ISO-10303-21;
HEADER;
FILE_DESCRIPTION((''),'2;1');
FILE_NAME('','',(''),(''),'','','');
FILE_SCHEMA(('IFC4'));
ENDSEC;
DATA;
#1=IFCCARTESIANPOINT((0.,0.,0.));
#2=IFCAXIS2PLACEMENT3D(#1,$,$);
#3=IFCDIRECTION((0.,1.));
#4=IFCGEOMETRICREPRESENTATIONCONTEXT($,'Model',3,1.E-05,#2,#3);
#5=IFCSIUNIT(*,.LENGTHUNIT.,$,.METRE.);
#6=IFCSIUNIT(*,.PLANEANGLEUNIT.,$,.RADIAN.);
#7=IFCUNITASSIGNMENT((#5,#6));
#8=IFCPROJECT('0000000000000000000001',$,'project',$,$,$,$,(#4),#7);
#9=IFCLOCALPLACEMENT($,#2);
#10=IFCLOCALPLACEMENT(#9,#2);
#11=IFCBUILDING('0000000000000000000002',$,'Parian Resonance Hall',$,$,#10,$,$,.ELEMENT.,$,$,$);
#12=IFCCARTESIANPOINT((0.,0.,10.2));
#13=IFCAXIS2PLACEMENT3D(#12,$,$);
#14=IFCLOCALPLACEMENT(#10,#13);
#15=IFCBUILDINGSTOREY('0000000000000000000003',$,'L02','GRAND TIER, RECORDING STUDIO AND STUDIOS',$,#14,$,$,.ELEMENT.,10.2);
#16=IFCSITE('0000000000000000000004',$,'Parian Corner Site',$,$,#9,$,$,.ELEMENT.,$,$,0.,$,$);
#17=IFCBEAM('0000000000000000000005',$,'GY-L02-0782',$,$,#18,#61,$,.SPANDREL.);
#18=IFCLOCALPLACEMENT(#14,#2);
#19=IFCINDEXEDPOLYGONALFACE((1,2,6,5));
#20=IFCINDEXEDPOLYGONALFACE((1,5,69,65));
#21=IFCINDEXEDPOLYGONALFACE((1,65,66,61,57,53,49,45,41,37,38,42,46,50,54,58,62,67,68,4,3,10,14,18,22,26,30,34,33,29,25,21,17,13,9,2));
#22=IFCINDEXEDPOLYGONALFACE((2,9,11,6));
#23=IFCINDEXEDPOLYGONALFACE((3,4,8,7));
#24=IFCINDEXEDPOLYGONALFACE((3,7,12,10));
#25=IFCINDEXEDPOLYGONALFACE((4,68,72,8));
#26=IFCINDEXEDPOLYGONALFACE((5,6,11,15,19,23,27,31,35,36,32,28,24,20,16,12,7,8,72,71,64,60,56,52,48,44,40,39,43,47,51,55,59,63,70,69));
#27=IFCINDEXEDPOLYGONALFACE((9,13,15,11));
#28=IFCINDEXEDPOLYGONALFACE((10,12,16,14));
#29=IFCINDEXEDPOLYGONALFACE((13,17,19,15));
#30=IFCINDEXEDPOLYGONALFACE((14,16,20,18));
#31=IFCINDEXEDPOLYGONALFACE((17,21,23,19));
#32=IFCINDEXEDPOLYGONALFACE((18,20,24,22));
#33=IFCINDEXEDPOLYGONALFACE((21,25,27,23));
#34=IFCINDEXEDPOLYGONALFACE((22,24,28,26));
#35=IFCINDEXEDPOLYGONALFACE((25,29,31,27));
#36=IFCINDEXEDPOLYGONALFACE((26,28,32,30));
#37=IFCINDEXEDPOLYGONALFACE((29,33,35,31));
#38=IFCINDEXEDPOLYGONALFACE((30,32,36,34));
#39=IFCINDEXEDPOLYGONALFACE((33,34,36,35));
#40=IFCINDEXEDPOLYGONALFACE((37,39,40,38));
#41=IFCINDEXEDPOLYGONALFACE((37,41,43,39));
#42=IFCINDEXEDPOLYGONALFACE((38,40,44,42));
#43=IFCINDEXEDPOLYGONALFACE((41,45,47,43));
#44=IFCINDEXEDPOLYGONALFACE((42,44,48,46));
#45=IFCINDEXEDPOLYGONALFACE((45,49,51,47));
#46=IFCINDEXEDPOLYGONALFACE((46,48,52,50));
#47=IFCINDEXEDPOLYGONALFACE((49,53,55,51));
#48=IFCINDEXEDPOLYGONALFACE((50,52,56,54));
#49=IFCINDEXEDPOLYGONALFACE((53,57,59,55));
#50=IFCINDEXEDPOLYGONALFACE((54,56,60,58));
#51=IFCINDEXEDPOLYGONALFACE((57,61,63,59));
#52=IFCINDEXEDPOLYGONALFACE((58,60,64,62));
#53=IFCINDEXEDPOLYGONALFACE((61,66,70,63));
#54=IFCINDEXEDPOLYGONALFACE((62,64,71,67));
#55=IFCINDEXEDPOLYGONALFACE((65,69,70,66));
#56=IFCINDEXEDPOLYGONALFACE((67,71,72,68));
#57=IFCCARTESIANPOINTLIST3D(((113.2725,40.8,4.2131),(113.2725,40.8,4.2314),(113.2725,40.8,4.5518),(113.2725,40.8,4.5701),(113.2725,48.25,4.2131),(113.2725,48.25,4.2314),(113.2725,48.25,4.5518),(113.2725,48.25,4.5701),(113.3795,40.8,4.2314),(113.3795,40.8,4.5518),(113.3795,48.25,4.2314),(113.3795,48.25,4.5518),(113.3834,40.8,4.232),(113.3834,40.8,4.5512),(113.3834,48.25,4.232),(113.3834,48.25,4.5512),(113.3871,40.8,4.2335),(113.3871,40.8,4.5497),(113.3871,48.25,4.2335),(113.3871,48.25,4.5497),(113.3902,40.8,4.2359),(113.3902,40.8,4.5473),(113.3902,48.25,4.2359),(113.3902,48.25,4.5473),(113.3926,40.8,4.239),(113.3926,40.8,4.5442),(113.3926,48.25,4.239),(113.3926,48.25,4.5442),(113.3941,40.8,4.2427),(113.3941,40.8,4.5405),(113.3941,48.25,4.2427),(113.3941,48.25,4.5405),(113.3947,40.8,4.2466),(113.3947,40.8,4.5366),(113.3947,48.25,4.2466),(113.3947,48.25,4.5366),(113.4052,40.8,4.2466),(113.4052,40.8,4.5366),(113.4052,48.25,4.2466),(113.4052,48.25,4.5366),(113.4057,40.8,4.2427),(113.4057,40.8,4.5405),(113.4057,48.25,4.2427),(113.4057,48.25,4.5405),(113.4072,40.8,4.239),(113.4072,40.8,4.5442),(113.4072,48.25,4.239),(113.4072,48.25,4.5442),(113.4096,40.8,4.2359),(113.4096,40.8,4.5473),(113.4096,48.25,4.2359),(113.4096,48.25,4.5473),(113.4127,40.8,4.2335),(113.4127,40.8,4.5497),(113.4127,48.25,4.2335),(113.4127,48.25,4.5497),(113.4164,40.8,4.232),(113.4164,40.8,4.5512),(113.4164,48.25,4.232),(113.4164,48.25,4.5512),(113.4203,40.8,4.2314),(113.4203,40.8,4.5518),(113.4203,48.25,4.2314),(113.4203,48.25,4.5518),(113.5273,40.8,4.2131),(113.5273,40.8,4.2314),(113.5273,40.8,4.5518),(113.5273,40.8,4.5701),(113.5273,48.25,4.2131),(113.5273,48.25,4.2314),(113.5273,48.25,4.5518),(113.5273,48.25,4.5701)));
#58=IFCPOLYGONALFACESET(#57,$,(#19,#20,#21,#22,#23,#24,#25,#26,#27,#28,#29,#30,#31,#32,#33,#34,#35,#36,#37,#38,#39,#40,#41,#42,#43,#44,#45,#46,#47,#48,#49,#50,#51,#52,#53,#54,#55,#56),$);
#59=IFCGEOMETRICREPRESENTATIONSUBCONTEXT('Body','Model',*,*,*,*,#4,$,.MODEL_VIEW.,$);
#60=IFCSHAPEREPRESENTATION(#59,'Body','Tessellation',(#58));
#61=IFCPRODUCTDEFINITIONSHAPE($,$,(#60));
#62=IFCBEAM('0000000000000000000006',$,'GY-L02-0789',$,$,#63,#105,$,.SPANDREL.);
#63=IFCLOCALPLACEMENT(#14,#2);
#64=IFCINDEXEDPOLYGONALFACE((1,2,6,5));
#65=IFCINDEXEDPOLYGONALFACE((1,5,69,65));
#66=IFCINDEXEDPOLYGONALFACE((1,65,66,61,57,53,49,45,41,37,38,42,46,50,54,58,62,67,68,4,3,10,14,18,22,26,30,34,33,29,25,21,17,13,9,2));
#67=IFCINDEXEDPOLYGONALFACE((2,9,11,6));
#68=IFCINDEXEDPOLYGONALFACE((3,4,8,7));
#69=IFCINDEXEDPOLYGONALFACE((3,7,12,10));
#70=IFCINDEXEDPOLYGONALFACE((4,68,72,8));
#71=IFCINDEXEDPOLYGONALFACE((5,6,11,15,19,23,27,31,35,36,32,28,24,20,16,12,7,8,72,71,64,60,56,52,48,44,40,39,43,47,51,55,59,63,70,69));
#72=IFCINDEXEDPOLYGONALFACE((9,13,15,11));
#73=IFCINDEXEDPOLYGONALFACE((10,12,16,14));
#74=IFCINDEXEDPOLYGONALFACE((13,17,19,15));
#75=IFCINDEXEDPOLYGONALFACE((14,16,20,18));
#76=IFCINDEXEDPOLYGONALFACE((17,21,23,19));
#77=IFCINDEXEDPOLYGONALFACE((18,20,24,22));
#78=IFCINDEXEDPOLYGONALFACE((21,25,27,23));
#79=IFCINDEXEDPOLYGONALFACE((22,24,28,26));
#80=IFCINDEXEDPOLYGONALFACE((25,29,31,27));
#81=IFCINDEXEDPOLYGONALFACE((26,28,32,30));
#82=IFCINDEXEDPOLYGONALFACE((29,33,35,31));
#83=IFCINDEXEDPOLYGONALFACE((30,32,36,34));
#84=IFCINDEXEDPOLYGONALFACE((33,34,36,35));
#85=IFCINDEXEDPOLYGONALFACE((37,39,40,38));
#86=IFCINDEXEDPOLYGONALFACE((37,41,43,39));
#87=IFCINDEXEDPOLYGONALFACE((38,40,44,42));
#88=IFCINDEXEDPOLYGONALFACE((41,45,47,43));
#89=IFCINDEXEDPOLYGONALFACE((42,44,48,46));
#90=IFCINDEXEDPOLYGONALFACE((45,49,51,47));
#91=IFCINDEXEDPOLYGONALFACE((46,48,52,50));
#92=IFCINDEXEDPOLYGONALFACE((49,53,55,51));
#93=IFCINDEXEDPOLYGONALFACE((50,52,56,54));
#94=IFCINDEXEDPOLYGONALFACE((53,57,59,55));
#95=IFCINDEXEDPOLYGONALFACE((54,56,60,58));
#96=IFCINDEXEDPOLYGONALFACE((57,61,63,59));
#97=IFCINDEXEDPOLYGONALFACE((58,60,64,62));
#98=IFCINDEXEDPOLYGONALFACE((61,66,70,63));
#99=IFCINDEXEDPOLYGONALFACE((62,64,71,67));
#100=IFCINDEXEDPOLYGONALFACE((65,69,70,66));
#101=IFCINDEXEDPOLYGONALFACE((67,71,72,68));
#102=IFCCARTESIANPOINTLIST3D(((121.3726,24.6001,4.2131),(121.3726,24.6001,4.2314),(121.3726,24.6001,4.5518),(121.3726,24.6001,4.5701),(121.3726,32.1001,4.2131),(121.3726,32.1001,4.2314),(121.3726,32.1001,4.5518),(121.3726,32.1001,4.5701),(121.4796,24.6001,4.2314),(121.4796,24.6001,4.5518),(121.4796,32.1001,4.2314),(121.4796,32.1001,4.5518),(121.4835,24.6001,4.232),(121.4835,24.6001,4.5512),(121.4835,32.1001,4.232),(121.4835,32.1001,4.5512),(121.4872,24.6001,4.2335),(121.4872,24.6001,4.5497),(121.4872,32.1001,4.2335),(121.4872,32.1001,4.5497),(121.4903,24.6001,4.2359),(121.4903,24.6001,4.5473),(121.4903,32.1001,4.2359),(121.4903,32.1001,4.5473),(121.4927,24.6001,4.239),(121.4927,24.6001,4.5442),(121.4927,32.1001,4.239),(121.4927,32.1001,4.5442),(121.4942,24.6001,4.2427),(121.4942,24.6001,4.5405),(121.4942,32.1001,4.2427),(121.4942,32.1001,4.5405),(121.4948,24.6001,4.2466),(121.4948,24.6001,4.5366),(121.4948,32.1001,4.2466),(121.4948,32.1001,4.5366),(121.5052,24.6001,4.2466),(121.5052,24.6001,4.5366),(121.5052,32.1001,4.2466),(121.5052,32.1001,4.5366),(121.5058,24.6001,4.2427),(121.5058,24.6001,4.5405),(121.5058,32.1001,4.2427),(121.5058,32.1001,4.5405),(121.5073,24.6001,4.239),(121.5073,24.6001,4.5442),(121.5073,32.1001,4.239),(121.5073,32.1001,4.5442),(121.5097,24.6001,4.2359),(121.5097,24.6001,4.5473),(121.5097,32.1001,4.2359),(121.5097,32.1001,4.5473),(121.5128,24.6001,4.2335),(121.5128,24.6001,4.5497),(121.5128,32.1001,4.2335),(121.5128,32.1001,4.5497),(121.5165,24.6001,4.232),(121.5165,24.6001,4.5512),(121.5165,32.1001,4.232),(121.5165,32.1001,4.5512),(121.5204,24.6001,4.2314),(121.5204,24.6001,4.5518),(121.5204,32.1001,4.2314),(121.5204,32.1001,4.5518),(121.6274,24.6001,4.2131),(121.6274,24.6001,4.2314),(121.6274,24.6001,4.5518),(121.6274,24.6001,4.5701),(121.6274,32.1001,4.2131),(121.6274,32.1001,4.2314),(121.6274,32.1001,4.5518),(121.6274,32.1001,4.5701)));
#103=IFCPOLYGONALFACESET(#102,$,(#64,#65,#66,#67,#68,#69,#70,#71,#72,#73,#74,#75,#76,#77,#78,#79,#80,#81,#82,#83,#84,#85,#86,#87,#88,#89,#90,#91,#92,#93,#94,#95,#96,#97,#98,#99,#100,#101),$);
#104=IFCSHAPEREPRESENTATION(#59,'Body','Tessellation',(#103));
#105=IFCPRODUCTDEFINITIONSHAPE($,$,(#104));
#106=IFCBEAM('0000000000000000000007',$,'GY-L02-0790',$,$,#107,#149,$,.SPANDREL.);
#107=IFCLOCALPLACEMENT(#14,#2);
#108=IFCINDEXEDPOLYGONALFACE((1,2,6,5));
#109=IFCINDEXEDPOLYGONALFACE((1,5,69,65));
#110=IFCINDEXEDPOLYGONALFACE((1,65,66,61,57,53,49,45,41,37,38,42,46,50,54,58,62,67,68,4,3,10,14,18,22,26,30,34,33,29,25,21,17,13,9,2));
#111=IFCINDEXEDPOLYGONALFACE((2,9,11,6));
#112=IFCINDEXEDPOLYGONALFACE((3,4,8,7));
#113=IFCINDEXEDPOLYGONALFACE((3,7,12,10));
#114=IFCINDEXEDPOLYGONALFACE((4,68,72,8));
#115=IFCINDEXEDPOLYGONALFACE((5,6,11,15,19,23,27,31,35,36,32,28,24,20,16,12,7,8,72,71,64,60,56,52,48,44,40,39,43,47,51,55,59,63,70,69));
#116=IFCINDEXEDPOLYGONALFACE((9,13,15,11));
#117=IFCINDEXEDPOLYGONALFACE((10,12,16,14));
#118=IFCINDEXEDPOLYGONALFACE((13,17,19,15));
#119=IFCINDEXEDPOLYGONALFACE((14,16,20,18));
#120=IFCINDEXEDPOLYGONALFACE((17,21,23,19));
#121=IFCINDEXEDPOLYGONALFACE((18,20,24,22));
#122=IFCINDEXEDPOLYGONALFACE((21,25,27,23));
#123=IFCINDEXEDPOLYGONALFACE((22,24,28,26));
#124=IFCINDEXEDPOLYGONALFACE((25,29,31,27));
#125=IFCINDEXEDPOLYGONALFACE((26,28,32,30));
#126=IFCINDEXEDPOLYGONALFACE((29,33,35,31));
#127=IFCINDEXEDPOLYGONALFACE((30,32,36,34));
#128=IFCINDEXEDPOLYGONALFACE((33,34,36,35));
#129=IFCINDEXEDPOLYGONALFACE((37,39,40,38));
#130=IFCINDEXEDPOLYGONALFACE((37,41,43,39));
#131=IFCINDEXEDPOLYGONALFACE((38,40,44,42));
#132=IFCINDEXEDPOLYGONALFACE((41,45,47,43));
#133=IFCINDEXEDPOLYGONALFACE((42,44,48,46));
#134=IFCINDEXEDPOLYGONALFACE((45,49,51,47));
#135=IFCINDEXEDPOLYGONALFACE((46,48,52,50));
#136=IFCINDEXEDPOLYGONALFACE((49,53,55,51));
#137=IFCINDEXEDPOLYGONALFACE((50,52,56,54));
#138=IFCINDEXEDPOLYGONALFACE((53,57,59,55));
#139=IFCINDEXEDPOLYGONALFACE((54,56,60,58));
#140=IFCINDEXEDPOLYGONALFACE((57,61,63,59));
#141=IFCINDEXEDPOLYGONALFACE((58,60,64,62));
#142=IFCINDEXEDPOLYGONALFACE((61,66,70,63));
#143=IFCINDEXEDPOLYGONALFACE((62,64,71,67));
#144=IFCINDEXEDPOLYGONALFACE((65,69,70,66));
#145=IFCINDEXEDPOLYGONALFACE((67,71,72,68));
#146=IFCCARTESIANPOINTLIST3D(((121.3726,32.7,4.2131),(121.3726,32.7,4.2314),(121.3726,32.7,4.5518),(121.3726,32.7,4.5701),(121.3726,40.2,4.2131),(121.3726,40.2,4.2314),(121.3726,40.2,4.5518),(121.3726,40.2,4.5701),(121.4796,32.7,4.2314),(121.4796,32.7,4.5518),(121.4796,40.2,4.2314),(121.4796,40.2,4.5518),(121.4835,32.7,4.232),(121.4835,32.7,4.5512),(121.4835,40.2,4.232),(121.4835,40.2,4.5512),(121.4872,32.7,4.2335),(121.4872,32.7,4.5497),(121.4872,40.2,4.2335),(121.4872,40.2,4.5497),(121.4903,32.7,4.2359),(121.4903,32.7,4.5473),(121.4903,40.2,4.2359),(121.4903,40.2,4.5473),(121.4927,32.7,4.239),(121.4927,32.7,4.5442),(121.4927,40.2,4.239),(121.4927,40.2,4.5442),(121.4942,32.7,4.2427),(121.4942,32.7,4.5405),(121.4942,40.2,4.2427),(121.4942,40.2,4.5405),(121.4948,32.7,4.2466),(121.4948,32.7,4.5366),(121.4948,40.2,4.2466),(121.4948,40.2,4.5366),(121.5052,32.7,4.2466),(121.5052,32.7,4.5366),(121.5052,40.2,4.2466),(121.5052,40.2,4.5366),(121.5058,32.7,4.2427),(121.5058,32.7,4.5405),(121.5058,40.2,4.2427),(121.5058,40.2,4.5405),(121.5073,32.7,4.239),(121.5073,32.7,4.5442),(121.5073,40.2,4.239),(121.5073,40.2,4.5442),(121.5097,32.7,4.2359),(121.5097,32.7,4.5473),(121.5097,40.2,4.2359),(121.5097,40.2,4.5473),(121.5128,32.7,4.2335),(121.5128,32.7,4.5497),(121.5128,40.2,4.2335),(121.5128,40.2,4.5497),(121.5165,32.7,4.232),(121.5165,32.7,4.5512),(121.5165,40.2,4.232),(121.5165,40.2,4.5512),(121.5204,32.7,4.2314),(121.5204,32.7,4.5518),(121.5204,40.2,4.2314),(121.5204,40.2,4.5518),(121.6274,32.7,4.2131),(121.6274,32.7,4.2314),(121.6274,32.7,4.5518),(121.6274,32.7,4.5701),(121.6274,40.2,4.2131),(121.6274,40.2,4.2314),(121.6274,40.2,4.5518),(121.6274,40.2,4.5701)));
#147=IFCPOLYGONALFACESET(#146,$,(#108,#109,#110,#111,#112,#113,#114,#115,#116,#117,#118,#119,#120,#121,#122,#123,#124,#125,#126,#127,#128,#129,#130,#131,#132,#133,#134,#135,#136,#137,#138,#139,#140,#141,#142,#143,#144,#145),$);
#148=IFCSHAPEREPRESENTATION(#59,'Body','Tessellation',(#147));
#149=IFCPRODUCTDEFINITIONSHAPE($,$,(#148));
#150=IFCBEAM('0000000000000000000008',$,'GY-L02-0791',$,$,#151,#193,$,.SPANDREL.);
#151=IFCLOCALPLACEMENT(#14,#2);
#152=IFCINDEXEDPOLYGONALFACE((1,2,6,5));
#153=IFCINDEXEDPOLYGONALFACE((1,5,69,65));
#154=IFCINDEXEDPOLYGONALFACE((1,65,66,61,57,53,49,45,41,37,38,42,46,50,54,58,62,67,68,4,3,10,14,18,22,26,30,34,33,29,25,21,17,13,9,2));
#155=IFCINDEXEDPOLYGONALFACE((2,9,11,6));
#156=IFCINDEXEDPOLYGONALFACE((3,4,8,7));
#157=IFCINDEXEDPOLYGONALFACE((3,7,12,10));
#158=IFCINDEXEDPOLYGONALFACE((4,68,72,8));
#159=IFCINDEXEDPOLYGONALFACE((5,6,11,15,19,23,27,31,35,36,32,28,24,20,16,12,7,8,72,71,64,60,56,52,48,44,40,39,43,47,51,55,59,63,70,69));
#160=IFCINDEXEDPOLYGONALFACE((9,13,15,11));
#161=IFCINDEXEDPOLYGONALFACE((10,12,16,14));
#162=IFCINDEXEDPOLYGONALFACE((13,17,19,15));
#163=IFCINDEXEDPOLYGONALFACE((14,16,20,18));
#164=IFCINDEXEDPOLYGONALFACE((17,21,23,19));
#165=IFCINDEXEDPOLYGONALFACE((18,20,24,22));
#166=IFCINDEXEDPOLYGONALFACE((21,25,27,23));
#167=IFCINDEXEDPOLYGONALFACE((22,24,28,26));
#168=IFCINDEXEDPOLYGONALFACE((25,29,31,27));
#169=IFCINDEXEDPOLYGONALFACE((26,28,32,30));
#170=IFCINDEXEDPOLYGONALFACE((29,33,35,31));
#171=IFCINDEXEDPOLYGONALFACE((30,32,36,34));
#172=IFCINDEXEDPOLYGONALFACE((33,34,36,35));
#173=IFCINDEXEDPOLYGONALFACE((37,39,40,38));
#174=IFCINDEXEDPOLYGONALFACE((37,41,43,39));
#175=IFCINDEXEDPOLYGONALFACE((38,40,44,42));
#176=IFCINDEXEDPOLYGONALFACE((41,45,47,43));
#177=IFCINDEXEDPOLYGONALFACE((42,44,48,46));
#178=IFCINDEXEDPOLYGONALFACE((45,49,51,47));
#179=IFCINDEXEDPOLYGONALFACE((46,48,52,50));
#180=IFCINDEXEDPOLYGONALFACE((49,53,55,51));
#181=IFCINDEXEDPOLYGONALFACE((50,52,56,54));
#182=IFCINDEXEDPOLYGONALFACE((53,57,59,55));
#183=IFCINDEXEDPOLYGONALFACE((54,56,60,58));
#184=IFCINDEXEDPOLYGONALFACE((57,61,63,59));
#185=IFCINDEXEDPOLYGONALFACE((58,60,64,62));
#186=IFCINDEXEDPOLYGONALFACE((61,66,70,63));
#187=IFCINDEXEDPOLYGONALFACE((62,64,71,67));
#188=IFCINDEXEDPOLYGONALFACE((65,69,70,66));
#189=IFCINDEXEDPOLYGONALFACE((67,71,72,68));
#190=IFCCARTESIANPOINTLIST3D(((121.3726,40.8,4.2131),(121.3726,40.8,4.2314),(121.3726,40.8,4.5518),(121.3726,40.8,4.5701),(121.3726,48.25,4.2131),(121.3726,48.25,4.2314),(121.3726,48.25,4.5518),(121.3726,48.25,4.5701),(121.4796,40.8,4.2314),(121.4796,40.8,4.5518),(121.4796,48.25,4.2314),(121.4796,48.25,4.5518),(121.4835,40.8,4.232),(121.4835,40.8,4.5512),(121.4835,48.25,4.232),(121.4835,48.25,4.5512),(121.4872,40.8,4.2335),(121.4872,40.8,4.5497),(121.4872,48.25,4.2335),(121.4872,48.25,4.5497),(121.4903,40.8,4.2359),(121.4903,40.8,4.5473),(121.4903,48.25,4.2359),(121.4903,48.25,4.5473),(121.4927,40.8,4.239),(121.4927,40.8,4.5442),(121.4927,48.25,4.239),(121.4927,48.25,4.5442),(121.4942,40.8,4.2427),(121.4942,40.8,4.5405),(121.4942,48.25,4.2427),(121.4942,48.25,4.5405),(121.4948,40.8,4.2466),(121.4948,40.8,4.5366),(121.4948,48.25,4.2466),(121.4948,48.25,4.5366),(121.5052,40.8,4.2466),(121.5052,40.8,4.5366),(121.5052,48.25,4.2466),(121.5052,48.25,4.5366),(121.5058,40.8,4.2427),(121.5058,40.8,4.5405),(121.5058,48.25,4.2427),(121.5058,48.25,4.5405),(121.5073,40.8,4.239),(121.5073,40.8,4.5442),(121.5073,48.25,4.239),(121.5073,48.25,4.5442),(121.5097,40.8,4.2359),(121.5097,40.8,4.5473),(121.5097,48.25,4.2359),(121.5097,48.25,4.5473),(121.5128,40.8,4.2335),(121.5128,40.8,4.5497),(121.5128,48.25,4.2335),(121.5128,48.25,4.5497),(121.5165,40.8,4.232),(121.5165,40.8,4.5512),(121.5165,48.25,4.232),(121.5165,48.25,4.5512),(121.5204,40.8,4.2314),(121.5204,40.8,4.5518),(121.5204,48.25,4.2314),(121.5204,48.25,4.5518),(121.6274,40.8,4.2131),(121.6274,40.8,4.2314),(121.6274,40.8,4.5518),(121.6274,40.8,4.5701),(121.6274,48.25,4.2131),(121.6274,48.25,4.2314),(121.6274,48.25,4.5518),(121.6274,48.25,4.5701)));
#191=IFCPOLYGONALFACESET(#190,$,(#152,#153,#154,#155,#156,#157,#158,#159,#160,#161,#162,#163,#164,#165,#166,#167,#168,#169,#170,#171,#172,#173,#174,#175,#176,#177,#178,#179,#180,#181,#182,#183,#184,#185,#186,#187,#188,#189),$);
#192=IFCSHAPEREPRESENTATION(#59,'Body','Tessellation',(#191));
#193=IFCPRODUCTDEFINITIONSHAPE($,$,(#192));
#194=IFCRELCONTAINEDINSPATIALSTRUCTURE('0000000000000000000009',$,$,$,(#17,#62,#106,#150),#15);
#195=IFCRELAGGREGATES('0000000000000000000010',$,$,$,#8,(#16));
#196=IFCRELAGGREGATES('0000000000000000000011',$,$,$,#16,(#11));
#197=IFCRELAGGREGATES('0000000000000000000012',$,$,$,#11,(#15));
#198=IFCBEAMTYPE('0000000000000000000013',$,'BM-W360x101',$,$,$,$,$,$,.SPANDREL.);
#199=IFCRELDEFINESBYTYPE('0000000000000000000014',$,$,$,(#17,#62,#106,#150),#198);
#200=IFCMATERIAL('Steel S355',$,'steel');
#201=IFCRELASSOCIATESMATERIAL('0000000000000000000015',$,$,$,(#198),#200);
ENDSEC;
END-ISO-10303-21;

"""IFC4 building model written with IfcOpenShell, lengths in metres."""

from ifc_helpers import new_model, si_unit, direction, frame, origin, origin_2d, place, context, subcontext, project, spatial, i_section, extrude, material, material_profile, profile_set, type_object, element, save


model = new_model("IFC4")

# Units and contexts
model_context = context("Model", 3, precision=1e-05, world=origin(), true_north=direction((0.0, 1.0)))
body_context = subcontext(model_context, "Body", "Model", "MODEL_VIEW")
ifc_project = project(units=[si_unit("LENGTHUNIT", "METRE"), si_unit("PLANEANGLEUNIT", "RADIAN")], contexts=[model_context])

# Site, building, storey
site_placement = place(None, origin())
site = spatial("IfcSite", under=ifc_project, at=site_placement, Name="Parian Corner Site", CompositionType="ELEMENT", RefElevation=0.0)
building_placement = place(site_placement, origin())
building = spatial("IfcBuilding", under=site, at=building_placement, Name="Parian Resonance Hall", CompositionType="ELEMENT")
storey_placement = place(building_placement, frame((0.0, 0.0, 10.2)))
storey = spatial("IfcBuildingStorey", under=building, at=storey_placement, Name="L02", Description="GRAND TIER, RECORDING STUDIO AND STUDIOS", CompositionType="ELEMENT", Elevation=10.2)

# Beams
ifc_material_1 = material(Name="Steel S355", Category="steel")
ifc_material_profile_1 = material_profile(ifc_material_1, i_section(OverallWidth=0.2549, OverallDepth=0.3569, WebThickness=0.0105, FlangeThickness=0.0183, FilletRadius=0.0151, at=origin_2d()), Name="W360x101")
ifc_profile_set_1 = profile_set([ifc_material_profile_1], Name="Steel S355")
beam_type_1 = type_object("IfcBeamType", Name="BM-W360x101", PredefinedType="SPANDREL", material=ifc_profile_set_1)
beam_1_placement = place(storey_placement, frame((113.3999, 40.8, 4.3916), z_axis=(0.0, 1.0, 0.0), x_axis=(-1.0, 0.0, 0.0)))
element("IfcBeam", 1, at=beam_1_placement, inside=storey, type_object=beam_type_1, Name="GY-L02-0782", PredefinedType="SPANDREL", context=body_context, shape_type="SweptSolid", body=[
    extrude(i_section(OverallWidth=0.2549, OverallDepth=0.3569, WebThickness=0.0105, FlangeThickness=0.0183, FilletRadius=0.0151, at=origin_2d()), origin(), (0.0, 0.0, 1.0), 7.45),
])
for number, where, z_axis, x_axis, name in (
    (2, (121.5, 24.6001, 4.3916), (0.0, 1.0, 0.0), (-1.0, 0.0, 0.0), "GY-L02-0789"),
    (3, (121.5, 32.7, 4.3916), (0.0, 1.0, 0.0), (-1.0, 0.0, 0.0), "GY-L02-0790"),
):
    element("IfcBeam", number, at=place(storey_placement, frame(where, z_axis=z_axis, x_axis=x_axis)), inside=storey, type_object=beam_type_1, Name=name, PredefinedType="SPANDREL", context=body_context, shape_type="SweptSolid", body=[
        extrude(i_section(OverallWidth=0.2549, OverallDepth=0.3569, WebThickness=0.0105, FlangeThickness=0.0183, FilletRadius=0.0151, at=origin_2d()), origin(), (0.0, 0.0, 1.0), 7.5),
    ])
beam_2_placement = place(storey_placement, frame((121.5, 40.8, 4.3916), z_axis=(0.0, 1.0, 0.0), x_axis=(-1.0, 0.0, 0.0)))
element("IfcBeam", 4, at=beam_2_placement, inside=storey, type_object=beam_type_1, Name="GY-L02-0791", PredefinedType="SPANDREL", context=body_context, shape_type="SweptSolid", body=[
    extrude(i_section(OverallWidth=0.2549, OverallDepth=0.3569, WebThickness=0.0105, FlangeThickness=0.0183, FilletRadius=0.0151, at=origin_2d()), origin(), (0.0, 0.0, 1.0), 7.45),
])

save(model, "model.ifc")
